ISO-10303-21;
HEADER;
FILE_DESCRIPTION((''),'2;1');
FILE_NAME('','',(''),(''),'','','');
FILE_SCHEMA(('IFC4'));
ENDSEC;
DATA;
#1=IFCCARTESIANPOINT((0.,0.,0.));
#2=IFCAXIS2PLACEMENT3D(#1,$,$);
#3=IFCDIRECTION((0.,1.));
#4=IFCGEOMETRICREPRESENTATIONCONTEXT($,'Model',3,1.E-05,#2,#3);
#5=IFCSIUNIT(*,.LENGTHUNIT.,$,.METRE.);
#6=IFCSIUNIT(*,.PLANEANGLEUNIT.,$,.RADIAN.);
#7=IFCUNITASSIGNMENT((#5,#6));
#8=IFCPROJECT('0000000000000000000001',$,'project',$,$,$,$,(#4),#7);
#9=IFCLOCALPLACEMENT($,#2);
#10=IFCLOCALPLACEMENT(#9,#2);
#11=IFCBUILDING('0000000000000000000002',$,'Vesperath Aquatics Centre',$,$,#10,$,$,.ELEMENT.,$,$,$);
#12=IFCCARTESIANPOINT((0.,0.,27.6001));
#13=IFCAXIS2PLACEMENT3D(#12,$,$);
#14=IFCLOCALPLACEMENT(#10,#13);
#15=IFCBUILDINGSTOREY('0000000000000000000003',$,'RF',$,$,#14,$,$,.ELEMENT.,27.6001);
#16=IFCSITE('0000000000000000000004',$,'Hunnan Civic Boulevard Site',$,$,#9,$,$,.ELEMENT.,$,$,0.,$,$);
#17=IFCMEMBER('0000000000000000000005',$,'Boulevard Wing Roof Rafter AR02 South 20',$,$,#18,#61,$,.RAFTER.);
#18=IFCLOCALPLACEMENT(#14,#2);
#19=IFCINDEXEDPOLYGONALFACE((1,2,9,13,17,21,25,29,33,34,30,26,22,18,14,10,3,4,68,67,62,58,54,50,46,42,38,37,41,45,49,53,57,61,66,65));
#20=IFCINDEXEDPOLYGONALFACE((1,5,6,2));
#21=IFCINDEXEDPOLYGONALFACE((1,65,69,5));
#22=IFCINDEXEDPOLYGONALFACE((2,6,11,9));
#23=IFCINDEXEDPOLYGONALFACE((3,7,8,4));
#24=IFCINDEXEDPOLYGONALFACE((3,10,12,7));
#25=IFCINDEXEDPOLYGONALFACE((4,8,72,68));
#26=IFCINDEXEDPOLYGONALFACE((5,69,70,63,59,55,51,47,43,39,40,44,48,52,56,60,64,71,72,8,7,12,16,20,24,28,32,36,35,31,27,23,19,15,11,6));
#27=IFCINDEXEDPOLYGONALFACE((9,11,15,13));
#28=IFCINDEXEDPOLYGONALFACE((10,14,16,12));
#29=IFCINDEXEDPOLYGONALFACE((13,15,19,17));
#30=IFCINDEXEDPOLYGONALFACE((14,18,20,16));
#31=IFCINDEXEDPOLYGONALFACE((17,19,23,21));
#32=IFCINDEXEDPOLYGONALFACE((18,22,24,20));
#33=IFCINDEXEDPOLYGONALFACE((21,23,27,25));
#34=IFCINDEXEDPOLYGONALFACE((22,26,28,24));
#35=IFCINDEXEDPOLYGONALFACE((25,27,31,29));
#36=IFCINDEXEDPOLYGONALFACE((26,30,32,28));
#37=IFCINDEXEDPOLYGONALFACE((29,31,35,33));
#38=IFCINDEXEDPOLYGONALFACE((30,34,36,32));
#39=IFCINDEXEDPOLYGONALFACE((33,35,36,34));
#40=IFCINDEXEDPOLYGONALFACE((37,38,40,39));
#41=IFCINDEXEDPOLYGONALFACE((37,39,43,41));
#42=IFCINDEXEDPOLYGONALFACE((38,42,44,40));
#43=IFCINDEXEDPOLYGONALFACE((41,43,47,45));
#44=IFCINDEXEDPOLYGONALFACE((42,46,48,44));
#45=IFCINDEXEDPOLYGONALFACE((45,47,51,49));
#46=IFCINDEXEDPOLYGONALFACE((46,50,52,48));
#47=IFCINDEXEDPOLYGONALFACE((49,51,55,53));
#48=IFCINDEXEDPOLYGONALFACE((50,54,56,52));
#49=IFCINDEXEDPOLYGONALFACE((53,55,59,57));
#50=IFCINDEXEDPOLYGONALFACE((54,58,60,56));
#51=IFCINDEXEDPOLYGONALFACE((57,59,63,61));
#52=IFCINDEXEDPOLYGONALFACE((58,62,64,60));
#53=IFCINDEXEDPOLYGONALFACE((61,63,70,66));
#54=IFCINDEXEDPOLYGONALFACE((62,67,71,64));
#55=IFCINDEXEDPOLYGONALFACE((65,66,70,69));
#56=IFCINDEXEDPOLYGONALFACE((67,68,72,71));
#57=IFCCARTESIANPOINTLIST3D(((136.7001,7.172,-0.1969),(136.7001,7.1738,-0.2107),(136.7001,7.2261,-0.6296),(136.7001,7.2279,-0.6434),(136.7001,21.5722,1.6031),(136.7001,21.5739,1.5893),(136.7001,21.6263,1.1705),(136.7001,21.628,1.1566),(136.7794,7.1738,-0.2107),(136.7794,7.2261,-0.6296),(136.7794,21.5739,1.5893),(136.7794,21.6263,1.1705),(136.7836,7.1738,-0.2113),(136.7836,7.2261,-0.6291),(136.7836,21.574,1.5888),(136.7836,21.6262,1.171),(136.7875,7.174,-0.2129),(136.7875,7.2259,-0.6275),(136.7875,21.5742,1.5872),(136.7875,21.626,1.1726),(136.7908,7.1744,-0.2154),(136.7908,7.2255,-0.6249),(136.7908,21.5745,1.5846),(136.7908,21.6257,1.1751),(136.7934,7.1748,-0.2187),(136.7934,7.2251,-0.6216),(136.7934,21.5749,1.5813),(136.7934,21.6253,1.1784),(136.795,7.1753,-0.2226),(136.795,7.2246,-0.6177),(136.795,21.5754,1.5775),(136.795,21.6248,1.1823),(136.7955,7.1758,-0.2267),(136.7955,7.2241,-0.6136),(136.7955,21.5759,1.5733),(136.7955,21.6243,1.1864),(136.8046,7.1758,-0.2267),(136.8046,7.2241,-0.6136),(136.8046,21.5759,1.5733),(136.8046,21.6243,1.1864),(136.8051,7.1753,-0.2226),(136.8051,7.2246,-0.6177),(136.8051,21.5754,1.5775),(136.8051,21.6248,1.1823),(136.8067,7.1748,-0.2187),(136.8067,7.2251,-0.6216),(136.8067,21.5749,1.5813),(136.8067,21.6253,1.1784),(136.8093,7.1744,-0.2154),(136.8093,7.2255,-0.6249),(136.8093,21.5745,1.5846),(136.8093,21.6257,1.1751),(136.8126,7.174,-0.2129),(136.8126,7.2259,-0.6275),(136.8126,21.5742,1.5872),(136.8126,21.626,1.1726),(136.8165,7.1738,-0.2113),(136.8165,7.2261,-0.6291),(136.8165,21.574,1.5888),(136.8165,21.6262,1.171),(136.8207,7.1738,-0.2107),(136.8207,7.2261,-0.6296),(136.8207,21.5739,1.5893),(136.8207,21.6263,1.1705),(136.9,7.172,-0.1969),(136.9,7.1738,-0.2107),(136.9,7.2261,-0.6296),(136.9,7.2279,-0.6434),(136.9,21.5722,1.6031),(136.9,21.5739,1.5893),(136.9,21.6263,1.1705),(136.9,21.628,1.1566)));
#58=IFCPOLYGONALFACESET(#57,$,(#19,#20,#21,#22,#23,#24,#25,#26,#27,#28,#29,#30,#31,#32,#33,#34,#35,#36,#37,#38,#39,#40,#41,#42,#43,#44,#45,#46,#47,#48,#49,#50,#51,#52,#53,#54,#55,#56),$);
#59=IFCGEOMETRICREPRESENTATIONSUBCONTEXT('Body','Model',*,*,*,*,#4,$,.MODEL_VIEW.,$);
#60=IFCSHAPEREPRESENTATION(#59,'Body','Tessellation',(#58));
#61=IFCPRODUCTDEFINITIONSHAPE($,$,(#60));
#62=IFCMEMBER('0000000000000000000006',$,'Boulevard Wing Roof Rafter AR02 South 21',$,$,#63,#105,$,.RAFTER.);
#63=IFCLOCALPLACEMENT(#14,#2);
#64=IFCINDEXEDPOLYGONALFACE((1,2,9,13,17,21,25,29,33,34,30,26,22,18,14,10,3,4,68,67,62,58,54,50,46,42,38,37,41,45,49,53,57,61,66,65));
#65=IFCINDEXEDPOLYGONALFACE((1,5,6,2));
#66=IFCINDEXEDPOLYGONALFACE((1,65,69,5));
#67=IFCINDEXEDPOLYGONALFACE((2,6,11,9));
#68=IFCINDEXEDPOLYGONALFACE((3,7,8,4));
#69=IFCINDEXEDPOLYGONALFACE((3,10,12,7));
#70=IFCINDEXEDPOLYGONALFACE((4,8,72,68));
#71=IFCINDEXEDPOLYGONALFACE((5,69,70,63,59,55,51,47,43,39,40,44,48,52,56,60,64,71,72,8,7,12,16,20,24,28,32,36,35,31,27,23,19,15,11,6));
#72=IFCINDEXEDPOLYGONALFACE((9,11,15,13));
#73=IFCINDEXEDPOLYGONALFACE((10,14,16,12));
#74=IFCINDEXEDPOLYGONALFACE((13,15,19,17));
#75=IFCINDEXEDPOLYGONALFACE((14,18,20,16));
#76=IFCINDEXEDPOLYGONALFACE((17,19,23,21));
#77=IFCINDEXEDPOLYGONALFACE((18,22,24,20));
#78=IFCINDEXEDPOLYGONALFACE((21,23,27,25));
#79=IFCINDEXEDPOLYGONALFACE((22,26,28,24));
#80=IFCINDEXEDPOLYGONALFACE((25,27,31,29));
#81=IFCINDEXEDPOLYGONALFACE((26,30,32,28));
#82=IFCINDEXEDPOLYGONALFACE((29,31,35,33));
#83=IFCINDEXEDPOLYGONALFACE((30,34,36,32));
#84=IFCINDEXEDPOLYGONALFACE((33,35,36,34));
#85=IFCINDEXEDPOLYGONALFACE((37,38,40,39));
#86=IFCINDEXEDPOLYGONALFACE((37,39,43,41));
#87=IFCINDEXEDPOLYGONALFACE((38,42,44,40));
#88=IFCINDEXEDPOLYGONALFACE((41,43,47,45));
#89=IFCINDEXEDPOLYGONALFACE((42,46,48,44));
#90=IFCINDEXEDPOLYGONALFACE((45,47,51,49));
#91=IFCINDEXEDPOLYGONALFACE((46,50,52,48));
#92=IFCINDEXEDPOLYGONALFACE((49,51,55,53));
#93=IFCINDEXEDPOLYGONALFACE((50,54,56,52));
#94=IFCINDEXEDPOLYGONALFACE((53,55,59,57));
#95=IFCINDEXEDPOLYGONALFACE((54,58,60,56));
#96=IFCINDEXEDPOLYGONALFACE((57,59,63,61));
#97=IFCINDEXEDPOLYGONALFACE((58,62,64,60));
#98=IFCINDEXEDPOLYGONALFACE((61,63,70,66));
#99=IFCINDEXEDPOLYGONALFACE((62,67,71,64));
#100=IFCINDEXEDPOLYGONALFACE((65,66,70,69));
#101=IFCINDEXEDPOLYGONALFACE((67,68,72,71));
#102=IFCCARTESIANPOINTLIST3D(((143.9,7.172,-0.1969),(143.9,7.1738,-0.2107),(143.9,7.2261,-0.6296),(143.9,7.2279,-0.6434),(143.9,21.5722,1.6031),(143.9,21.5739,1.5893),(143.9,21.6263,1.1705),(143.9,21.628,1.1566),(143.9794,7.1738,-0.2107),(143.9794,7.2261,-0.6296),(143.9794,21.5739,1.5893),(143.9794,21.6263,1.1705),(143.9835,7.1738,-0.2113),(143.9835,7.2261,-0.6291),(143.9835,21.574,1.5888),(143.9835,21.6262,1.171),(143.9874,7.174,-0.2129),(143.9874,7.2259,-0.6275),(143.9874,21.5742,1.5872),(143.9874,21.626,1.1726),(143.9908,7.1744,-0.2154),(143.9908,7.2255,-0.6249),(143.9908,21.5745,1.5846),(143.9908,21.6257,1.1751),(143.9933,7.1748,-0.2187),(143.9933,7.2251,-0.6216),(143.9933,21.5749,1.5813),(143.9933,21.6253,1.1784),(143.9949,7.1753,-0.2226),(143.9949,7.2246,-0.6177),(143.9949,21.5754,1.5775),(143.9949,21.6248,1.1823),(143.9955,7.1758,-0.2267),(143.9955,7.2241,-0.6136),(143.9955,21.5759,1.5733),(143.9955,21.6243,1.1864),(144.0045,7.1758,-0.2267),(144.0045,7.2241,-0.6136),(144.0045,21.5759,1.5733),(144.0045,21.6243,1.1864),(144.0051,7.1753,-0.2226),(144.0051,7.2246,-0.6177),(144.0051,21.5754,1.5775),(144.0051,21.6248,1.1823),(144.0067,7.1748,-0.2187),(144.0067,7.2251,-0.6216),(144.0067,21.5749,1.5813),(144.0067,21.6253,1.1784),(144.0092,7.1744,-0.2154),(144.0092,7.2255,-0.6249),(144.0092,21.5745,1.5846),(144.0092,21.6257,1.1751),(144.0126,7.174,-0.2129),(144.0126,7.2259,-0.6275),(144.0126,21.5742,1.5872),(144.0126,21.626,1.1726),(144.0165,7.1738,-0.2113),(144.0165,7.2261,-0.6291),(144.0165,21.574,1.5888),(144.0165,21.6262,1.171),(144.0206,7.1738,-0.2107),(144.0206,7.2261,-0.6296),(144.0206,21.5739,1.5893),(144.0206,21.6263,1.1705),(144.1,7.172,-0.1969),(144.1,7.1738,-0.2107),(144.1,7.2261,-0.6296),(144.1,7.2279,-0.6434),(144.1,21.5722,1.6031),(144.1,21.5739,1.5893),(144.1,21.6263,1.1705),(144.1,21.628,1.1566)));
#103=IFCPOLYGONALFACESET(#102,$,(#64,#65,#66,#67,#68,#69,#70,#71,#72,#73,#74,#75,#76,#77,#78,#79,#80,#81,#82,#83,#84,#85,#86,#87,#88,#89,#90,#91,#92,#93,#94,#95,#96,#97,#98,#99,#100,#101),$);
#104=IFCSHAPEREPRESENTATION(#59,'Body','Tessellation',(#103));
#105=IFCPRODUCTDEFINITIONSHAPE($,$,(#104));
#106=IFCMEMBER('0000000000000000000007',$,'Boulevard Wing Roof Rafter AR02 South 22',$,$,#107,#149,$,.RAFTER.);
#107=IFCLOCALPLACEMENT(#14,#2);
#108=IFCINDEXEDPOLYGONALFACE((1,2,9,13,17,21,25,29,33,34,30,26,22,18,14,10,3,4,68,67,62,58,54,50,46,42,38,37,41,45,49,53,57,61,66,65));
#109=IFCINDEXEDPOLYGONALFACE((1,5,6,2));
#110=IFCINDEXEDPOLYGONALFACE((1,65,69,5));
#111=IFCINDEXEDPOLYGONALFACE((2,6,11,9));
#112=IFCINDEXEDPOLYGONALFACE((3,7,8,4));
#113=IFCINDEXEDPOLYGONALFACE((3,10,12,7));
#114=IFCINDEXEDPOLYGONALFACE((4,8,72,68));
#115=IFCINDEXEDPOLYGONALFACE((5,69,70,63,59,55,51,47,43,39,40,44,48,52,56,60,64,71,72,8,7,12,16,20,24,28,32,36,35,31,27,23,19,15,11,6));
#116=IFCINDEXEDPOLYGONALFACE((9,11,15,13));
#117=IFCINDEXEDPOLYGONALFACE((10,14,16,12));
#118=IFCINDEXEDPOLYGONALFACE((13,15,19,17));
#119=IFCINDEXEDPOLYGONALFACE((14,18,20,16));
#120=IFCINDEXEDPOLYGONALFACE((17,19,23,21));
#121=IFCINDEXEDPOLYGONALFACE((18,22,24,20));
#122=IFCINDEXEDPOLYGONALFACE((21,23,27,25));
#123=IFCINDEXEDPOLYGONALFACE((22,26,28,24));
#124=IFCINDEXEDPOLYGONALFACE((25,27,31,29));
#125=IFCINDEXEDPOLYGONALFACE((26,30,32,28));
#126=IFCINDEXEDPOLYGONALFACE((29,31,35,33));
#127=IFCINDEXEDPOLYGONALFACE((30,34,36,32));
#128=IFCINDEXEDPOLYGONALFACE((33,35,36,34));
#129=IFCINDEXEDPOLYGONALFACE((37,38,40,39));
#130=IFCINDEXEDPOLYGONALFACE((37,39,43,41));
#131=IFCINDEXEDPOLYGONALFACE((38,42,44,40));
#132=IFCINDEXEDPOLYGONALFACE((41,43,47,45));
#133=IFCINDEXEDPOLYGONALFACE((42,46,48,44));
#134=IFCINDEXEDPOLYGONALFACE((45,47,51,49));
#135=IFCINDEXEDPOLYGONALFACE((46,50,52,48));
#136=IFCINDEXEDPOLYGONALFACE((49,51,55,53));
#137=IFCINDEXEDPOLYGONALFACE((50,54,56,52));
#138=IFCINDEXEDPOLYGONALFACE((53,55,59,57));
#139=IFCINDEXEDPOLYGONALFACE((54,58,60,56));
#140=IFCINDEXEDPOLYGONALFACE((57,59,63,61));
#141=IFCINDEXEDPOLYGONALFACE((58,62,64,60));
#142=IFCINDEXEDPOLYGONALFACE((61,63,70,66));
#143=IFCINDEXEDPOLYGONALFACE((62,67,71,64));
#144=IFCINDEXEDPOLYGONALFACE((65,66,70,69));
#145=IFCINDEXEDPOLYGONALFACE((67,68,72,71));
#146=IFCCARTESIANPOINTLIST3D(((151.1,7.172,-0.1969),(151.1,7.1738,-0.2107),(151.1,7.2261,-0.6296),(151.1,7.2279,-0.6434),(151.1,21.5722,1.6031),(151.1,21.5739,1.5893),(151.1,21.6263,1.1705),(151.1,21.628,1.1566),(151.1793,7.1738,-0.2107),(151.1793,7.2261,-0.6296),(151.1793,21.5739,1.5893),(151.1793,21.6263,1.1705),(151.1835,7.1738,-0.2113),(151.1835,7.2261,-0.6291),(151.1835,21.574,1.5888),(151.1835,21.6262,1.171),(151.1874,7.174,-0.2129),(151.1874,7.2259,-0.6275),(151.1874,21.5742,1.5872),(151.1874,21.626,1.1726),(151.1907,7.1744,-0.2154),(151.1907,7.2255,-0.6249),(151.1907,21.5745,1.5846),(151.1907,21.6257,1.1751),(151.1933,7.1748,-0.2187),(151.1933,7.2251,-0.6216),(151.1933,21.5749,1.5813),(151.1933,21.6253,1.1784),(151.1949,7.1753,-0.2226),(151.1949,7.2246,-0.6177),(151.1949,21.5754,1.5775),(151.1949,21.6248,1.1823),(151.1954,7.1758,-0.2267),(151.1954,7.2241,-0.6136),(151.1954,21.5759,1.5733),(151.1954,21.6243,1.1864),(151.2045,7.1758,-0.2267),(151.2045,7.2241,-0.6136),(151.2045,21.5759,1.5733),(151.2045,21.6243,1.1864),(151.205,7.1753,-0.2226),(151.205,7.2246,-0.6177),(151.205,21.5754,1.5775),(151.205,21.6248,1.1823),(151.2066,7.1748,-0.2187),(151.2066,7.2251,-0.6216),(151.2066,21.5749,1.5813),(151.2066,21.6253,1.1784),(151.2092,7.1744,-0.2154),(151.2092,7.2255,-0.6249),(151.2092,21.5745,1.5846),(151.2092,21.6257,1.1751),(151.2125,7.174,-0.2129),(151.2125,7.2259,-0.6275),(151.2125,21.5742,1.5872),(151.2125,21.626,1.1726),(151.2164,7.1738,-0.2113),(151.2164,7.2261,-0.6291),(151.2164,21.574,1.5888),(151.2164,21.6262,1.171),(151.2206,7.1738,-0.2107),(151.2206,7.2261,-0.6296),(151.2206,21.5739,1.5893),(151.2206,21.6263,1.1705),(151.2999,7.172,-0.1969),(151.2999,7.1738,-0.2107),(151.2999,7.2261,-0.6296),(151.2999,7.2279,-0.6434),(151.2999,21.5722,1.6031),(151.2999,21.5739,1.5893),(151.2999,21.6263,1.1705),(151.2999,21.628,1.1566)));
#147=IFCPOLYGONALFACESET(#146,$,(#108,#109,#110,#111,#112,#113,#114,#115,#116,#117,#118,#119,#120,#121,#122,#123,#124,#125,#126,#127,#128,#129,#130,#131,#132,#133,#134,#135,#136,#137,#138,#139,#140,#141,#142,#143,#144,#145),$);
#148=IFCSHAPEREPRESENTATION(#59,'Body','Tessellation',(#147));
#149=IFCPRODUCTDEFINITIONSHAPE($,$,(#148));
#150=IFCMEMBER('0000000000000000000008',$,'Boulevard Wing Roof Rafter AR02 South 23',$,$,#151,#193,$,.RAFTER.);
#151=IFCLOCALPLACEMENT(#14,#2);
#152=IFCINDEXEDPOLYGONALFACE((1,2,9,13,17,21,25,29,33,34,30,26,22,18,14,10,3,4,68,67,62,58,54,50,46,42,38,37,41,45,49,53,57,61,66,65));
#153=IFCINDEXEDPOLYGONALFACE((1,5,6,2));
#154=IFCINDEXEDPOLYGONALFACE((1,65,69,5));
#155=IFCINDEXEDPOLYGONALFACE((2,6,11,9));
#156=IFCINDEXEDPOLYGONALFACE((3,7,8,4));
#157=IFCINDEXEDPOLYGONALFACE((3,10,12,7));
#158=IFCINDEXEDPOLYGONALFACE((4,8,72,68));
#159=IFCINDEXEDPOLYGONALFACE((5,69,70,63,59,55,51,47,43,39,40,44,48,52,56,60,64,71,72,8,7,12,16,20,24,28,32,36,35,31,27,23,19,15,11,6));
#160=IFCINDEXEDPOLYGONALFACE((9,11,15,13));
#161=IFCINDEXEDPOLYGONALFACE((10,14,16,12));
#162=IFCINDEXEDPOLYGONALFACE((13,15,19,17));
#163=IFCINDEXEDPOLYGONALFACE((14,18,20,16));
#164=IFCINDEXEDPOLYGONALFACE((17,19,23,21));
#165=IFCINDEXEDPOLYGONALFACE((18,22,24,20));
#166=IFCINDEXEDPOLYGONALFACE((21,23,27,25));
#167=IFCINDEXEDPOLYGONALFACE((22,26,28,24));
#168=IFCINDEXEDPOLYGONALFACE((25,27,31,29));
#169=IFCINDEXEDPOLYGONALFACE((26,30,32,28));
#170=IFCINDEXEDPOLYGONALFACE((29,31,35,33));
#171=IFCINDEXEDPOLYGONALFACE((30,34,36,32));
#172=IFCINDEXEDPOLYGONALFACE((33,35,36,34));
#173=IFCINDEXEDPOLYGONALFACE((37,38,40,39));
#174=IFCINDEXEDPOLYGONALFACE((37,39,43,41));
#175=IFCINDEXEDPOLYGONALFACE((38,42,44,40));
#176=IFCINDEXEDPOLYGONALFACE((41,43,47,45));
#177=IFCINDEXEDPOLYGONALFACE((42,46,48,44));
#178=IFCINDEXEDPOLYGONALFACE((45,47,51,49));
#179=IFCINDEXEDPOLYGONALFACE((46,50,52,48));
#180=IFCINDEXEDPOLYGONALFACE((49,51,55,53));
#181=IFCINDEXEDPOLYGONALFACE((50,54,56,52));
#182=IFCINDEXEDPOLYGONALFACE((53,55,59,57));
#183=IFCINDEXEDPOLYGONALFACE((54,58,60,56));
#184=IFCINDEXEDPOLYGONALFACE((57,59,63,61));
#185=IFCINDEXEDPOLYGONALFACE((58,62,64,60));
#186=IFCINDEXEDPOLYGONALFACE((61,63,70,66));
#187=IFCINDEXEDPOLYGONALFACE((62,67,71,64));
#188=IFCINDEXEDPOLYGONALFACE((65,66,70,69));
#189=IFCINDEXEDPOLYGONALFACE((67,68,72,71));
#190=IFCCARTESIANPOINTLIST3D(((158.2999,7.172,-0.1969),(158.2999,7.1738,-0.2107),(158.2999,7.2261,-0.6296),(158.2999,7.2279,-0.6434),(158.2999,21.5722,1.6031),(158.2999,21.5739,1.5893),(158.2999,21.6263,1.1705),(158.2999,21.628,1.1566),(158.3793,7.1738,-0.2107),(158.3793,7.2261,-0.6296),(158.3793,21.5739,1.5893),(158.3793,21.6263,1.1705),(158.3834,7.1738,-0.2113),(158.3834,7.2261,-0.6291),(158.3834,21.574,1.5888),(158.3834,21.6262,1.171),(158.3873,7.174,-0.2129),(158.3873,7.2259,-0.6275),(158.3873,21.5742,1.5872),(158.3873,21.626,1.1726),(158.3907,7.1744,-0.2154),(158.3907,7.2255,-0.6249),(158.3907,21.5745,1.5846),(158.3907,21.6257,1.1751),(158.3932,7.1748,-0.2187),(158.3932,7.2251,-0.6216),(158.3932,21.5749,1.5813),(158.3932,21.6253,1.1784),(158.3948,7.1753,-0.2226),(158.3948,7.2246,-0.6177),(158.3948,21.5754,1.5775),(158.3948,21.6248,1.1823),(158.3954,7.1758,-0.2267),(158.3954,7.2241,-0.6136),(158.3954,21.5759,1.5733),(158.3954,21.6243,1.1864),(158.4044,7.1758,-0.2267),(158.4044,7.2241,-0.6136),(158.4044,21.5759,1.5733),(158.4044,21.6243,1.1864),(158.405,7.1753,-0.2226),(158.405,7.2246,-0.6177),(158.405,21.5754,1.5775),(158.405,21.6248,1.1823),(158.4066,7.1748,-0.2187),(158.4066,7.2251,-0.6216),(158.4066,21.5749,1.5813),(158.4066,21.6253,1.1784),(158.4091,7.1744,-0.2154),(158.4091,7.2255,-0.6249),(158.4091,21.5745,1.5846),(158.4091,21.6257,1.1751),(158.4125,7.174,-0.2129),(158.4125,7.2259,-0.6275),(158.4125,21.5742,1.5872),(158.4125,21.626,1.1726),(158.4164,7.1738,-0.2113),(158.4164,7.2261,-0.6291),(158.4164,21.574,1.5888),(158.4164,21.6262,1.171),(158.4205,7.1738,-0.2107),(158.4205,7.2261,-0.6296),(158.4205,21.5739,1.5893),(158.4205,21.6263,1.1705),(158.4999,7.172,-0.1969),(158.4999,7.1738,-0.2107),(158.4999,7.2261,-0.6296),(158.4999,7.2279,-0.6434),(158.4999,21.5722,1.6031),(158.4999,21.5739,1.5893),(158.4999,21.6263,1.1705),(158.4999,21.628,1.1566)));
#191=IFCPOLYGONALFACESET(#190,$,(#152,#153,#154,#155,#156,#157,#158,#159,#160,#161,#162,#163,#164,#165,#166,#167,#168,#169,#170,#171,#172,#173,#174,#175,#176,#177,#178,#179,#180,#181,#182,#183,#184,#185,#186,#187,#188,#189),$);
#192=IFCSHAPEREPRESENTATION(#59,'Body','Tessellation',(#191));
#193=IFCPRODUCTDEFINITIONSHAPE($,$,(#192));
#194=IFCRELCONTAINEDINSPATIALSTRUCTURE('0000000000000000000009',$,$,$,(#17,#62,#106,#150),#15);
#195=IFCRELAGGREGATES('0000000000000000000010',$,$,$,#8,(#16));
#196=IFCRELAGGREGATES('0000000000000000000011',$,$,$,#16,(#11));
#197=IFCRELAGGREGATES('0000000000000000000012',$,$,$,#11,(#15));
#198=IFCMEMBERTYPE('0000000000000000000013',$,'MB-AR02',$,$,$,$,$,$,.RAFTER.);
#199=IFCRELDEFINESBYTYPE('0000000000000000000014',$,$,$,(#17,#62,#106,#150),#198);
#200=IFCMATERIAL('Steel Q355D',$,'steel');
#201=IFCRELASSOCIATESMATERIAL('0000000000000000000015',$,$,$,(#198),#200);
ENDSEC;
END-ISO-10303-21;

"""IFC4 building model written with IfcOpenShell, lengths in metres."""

from ifc_helpers import new_model, si_unit, direction, frame, origin, origin_2d, place, context, subcontext, project, spatial, i_section, extrude, material, material_profile, profile_set, type_object, element, save


model = new_model("IFC4")

# Units and contexts
model_context = context("Model", 3, precision=1e-05, world=origin(), true_north=direction((0.0, 1.0)))
body_context = subcontext(model_context, "Body", "Model", "MODEL_VIEW")
ifc_project = project(units=[si_unit("LENGTHUNIT", "METRE"), si_unit("PLANEANGLEUNIT", "RADIAN")], contexts=[model_context])

# Site, building, storey
site_placement = place(None, origin())
site = spatial("IfcSite", under=ifc_project, at=site_placement, Name="Hunnan Civic Boulevard Site", CompositionType="ELEMENT", RefElevation=0.0)
building_placement = place(site_placement, origin())
building = spatial("IfcBuilding", under=site, at=building_placement, Name="Vesperath Aquatics Centre", CompositionType="ELEMENT")
storey_placement = place(building_placement, frame((0.0, 0.0, 27.6001)))
storey = spatial("IfcBuildingStorey", under=building, at=storey_placement, Name="RF", CompositionType="ELEMENT", Elevation=27.6001)

# Shared definitions
ifc_material_1 = material(Name="Steel Q355D", Category="steel")

# Members
ifc_material_profile_1 = material_profile(ifc_material_1, i_section(OverallWidth=0.2, OverallDepth=0.45, WebThickness=0.009, FlangeThickness=0.0139, FilletRadius=0.0161, at=origin_2d()), Name="HN 450x200x9x14")
ifc_profile_set_1 = profile_set([ifc_material_profile_1], Name="Steel Q355D")
member_type_1 = type_object("IfcMemberType", Name="MB-AR02", PredefinedType="RAFTER", material=ifc_profile_set_1)
for number, where, z_axis, x_axis, name in (
    (1, (136.8, 7.2, -0.4202), (0.0, 0.992278, 0.124037), (-1.0, 0.0, 0.0), "Boulevard Wing Roof Rafter AR02 South 20"),
    (2, (144.0, 7.2, -0.4202), (0.0, 0.992278, 0.124037), (-1.0, 0.0, 0.0), "Boulevard Wing Roof Rafter AR02 South 21"),
    (3, (151.2, 7.2, -0.4202), (0.0, 0.992278, 0.124037), (-1.0, 0.0, 0.0), "Boulevard Wing Roof Rafter AR02 South 22"),
    (4, (158.3999, 7.2, -0.4202), (0.0, 0.992278, 0.124037), (-1.0, 0.0, 0.0), "Boulevard Wing Roof Rafter AR02 South 23"),
):
    element("IfcMember", number, at=place(storey_placement, frame(where, z_axis=z_axis, x_axis=x_axis)), inside=storey, type_object=member_type_1, Name=name, PredefinedType="RAFTER", context=body_context, shape_type="SweptSolid", body=[
        extrude(i_section(OverallWidth=0.2, OverallDepth=0.45, WebThickness=0.009, FlangeThickness=0.0139, FilletRadius=0.0161, at=origin_2d()), origin(), (0.0, 0.0, 1.0), 14.5122),
    ])

save(model, "model.ifc")
